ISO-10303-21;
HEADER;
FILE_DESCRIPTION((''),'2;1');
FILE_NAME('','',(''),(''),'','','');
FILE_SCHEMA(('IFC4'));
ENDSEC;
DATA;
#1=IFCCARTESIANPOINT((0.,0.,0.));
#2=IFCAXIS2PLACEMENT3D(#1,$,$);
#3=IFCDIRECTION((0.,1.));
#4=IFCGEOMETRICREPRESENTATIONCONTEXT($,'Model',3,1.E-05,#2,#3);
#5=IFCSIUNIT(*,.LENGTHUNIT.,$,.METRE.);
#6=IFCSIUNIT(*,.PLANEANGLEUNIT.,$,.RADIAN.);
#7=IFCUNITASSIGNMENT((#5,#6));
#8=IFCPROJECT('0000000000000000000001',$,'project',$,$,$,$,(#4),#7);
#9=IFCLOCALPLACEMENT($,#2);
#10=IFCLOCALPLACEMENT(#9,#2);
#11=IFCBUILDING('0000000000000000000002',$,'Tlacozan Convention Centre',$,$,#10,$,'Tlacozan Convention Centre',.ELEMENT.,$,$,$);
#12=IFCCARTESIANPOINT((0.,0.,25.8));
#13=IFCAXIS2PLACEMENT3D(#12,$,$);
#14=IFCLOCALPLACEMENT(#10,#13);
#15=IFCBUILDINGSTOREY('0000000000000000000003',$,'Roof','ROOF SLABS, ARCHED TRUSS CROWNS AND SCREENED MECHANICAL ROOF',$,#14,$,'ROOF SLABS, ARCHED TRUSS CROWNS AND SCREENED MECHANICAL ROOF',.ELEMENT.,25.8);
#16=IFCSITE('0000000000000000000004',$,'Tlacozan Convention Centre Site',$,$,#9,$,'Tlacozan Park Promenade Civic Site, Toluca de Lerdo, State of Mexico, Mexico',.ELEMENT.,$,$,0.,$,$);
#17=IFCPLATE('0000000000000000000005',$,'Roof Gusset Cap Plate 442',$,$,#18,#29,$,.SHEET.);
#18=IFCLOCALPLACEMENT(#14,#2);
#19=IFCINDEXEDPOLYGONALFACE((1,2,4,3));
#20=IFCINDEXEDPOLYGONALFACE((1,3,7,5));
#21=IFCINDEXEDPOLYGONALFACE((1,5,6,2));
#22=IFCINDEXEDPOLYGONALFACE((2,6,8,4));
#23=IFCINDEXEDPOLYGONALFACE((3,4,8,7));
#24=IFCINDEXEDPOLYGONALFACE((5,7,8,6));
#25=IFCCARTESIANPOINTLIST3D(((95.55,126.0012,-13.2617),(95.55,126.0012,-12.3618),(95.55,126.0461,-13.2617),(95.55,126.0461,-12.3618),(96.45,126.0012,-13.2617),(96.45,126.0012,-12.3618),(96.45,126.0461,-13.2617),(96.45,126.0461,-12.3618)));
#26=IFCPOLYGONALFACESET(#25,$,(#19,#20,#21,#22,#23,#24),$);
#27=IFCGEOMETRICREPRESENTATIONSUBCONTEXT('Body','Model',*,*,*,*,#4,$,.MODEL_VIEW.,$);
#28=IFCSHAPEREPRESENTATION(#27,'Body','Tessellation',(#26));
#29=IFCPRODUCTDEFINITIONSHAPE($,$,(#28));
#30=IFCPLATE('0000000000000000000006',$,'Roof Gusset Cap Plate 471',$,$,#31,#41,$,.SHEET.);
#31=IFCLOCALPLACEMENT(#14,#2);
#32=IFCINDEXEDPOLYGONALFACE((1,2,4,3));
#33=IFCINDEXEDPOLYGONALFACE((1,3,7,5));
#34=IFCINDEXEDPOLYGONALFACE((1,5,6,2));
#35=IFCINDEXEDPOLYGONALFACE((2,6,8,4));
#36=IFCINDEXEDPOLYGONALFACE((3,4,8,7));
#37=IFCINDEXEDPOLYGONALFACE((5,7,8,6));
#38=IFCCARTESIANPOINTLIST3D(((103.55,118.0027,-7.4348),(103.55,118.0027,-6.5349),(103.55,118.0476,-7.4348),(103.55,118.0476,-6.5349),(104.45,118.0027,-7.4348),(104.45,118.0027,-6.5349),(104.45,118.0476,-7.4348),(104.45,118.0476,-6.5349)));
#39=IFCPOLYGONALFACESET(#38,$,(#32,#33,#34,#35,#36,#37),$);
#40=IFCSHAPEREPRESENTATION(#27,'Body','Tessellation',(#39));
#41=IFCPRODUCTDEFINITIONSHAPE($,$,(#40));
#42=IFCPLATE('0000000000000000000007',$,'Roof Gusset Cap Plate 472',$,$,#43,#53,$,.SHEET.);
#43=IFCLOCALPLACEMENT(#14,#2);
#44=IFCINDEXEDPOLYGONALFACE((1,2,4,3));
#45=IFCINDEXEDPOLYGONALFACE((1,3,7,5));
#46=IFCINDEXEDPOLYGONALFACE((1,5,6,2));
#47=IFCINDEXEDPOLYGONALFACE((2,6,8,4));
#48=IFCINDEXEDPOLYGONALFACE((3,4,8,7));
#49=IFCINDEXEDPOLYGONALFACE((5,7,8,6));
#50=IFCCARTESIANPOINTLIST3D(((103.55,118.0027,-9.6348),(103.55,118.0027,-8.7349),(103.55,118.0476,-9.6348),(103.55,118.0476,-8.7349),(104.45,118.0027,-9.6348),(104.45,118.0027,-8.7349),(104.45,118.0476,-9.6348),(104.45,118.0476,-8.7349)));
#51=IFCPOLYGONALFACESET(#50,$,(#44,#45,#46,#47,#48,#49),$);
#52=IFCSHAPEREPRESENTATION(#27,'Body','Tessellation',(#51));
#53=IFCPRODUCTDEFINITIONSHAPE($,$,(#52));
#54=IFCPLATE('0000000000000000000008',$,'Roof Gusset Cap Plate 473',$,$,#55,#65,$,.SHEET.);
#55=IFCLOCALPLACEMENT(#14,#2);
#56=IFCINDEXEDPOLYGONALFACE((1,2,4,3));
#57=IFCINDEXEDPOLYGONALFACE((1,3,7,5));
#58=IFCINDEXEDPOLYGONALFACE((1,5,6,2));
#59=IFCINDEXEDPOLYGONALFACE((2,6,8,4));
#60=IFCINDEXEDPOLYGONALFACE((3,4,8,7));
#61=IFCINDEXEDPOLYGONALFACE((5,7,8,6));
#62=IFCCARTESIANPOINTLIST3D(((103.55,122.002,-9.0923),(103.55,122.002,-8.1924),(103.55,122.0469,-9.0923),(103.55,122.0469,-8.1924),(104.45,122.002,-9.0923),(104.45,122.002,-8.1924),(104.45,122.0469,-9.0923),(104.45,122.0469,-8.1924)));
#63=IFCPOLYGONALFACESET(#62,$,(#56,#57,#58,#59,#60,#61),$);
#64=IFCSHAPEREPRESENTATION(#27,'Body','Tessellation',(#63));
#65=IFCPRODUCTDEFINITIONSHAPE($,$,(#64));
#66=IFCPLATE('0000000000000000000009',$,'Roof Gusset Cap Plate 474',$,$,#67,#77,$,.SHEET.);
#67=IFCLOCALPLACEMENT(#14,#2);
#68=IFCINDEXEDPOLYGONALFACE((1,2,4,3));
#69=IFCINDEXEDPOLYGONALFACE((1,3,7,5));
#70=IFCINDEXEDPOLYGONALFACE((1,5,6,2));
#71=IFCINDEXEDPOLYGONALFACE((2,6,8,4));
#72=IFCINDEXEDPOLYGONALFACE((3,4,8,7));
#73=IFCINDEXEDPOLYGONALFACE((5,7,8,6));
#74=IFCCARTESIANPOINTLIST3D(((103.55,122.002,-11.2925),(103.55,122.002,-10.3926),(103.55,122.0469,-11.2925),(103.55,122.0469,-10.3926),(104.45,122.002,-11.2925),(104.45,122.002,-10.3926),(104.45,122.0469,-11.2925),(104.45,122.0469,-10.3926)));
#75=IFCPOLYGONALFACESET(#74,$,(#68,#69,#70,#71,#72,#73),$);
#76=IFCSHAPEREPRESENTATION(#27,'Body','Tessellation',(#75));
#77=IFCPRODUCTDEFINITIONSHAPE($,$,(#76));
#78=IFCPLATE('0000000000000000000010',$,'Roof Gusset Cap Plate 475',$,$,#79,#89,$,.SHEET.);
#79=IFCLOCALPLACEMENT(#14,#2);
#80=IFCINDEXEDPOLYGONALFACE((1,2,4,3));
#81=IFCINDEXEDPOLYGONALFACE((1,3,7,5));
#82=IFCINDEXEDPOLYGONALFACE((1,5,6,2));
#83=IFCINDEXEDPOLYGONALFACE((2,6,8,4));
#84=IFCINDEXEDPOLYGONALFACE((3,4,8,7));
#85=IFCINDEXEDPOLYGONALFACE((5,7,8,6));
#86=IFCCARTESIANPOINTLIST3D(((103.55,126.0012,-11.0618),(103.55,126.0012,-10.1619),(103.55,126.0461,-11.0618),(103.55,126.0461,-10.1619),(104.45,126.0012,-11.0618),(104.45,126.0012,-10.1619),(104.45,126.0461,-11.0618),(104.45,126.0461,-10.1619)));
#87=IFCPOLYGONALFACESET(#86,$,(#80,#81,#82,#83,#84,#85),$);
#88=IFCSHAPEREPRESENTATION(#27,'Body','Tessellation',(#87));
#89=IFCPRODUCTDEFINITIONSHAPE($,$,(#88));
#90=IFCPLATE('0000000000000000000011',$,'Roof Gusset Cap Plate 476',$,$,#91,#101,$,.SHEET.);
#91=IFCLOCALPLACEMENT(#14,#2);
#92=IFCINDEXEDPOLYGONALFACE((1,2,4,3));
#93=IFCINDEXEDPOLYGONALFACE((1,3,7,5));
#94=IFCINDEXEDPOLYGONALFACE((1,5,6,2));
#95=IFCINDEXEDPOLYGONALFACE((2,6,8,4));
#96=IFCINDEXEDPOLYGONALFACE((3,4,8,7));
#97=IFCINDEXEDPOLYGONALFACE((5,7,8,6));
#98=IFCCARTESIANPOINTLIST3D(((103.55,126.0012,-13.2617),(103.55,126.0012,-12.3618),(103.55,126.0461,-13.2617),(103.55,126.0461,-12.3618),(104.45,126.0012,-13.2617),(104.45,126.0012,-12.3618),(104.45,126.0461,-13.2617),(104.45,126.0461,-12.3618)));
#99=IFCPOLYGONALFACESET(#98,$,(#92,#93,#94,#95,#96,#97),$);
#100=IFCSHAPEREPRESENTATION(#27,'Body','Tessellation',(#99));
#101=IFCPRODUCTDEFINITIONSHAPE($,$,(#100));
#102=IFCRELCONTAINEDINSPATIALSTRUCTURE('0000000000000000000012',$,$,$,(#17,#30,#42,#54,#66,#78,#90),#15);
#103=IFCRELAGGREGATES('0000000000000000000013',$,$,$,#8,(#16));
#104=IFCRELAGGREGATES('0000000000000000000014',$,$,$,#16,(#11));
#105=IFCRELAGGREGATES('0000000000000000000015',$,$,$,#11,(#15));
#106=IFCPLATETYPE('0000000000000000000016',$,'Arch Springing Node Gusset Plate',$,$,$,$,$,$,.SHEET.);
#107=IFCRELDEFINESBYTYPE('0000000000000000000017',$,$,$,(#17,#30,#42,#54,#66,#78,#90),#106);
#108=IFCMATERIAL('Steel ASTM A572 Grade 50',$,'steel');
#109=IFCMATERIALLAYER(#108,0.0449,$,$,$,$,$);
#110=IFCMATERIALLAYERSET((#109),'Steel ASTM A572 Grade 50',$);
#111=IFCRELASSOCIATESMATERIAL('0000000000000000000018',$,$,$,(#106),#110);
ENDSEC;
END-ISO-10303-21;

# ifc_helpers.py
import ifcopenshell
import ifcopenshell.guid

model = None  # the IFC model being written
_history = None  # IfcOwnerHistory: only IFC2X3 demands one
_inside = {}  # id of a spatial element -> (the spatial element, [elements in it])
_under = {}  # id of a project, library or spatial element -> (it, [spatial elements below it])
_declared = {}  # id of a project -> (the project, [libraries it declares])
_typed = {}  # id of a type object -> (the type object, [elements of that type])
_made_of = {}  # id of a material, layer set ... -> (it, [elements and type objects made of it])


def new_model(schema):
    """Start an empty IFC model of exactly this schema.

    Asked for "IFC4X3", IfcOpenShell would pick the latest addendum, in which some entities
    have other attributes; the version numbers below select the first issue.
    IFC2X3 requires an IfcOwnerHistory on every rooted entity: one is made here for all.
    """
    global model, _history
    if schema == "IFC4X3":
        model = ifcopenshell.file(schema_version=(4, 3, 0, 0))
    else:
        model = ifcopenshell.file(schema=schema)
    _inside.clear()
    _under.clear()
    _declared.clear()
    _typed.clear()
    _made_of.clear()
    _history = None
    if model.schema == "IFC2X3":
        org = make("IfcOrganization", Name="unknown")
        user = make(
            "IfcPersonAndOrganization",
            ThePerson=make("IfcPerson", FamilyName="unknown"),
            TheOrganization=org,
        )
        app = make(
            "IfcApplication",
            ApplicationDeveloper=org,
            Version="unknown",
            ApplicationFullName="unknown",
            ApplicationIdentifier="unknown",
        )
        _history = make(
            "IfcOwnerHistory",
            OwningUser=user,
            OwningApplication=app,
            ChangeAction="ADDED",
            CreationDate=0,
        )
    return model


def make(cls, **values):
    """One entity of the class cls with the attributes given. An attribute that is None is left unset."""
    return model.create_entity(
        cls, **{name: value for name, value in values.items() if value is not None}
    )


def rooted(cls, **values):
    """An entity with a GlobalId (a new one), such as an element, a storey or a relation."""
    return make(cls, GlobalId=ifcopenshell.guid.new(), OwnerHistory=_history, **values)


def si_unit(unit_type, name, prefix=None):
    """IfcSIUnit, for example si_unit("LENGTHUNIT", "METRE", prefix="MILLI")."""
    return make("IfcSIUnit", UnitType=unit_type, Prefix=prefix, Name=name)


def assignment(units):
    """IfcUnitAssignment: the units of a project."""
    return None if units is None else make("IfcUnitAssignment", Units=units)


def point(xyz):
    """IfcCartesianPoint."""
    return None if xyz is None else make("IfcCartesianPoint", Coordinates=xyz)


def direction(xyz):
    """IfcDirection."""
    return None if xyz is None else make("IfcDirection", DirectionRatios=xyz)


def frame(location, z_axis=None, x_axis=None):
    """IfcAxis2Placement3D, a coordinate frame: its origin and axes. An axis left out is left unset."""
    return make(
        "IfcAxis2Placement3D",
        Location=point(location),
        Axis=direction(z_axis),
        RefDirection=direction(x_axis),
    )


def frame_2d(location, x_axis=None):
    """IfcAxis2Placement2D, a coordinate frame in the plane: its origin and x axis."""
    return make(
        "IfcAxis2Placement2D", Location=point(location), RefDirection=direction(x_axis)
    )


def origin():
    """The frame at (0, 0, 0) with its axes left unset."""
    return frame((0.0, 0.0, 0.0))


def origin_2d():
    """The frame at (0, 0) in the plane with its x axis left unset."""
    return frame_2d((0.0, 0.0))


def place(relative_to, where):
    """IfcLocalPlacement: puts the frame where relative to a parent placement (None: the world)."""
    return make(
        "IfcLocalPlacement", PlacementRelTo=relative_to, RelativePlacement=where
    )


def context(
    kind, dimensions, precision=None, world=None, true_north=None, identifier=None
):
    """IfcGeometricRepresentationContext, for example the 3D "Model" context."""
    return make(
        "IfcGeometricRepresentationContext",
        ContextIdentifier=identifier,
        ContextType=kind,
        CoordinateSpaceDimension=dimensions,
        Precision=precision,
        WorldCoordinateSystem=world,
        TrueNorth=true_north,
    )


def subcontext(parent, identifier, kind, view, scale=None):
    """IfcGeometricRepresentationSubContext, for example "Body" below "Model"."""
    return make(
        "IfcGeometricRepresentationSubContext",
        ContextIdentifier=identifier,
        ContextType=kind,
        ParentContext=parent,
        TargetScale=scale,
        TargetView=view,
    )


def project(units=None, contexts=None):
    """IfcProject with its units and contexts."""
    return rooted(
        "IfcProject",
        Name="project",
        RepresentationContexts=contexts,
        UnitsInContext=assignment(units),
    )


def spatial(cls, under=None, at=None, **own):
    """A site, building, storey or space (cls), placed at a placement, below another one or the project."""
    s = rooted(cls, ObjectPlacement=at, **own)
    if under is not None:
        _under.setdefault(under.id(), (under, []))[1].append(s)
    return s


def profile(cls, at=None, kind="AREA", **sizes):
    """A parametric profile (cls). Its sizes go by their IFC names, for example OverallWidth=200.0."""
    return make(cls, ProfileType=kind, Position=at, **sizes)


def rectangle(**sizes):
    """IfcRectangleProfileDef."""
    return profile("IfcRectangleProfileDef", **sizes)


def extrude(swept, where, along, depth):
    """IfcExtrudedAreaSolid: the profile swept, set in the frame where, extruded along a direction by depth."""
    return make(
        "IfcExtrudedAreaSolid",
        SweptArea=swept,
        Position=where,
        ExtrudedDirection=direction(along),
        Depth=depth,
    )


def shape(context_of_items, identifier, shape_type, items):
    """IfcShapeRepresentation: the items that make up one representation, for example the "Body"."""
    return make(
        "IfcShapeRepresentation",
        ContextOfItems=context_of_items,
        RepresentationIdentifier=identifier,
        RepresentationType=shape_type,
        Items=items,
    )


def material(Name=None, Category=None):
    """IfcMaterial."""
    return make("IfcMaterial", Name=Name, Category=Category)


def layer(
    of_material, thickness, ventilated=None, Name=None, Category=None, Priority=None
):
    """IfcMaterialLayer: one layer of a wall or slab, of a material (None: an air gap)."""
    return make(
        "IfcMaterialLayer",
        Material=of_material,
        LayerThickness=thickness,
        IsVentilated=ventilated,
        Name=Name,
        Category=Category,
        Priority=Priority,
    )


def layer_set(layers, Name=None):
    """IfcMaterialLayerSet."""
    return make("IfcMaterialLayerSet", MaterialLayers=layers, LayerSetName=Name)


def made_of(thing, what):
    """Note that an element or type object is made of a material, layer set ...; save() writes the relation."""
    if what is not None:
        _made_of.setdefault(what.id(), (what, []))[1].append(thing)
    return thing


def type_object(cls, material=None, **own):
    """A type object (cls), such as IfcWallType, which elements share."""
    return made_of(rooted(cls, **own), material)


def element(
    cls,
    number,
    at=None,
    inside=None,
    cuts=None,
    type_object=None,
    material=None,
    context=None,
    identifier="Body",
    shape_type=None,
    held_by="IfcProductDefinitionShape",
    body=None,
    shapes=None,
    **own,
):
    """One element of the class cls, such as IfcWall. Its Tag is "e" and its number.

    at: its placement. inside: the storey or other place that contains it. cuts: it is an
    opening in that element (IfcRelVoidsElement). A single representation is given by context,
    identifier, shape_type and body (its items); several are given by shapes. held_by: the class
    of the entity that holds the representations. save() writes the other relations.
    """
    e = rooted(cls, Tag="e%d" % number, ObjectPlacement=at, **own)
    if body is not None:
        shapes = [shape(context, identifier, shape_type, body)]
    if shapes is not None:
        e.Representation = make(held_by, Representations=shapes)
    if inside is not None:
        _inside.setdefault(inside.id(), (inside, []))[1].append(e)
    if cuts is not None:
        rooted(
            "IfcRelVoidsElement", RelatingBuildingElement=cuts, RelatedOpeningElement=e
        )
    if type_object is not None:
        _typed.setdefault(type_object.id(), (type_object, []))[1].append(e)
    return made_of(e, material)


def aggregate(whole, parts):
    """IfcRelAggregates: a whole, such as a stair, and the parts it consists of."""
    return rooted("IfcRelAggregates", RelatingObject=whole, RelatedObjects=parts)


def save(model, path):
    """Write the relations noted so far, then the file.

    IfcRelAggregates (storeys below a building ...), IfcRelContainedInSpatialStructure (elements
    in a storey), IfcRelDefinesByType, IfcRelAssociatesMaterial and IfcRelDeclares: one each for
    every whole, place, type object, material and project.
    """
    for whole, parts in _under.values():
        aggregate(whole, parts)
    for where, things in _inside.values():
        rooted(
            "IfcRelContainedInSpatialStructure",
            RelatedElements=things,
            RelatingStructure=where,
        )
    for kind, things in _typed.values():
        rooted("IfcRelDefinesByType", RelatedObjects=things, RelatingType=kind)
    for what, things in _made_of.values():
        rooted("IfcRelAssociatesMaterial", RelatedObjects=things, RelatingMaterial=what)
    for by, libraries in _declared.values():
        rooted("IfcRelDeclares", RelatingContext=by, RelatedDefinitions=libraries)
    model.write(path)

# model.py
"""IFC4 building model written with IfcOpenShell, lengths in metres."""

from ifc_helpers import new_model, si_unit, direction, frame, origin, origin_2d, place, context, subcontext, project, spatial, rectangle, extrude, material, layer, layer_set, type_object, element, save


model = new_model("IFC4")

# Units and contexts
model_context = context("Model", 3, precision=1e-05, world=origin(), true_north=direction((0.0, 1.0)))
body_context = subcontext(model_context, "Body", "Model", "MODEL_VIEW")
ifc_project = project(units=[si_unit("LENGTHUNIT", "METRE"), si_unit("PLANEANGLEUNIT", "RADIAN")], contexts=[model_context])

# Site, building, storey
site_placement = place(None, origin())
site = spatial("IfcSite", under=ifc_project, at=site_placement, Name="Tlacozan Convention Centre Site", LongName="Tlacozan Park Promenade Civic Site, Toluca de Lerdo, State of Mexico, Mexico", CompositionType="ELEMENT", RefElevation=0.0)
building_placement = place(site_placement, origin())
building = spatial("IfcBuilding", under=site, at=building_placement, Name="Tlacozan Convention Centre", LongName="Tlacozan Convention Centre", CompositionType="ELEMENT")
storey_placement = place(building_placement, frame((0.0, 0.0, 25.8)))
storey = spatial("IfcBuildingStorey", under=building, at=storey_placement, Name="Roof", Description="ROOF SLABS, ARCHED TRUSS CROWNS AND SCREENED MECHANICAL ROOF", LongName="ROOF SLABS, ARCHED TRUSS CROWNS AND SCREENED MECHANICAL ROOF", CompositionType="ELEMENT", Elevation=25.8)

# Plates
ifc_material_1 = material(Name="Steel ASTM A572 Grade 50", Category="steel")
ifc_layer = layer(ifc_material_1, 0.0449)
ifc_layer_set = layer_set([ifc_layer], Name="Steel ASTM A572 Grade 50")
plate_type = type_object("IfcPlateType", Name="Arch Springing Node Gusset Plate", PredefinedType="SHEET", material=ifc_layer_set)
for number, where, z_axis, x_axis, name in (
    (1, (96.0, 126.0237, -13.2617), (0.0, 0.0, 1.0), (0.0, 1.0, 0.0), "Roof Gusset Cap Plate 442"),
    (2, (104.0, 118.0251, -7.4348), (0.0, 0.0, 1.0), (0.0, 1.0, 0.0), "Roof Gusset Cap Plate 471"),
    (3, (104.0, 118.0251, -9.6348), (0.0, 0.0, 1.0), (0.0, 1.0, 0.0), "Roof Gusset Cap Plate 472"),
    (4, (104.0, 122.0244, -9.0923), (0.0, 0.0, 1.0), (0.0, 1.0, 0.0), "Roof Gusset Cap Plate 473"),
    (5, (104.0, 122.0244, -11.2925), (0.0, 0.0, 1.0), (0.0, 1.0, 0.0), "Roof Gusset Cap Plate 474"),
    (6, (104.0, 126.0237, -11.0618), (0.0, 0.0, 1.0), (0.0, 1.0, 0.0), "Roof Gusset Cap Plate 475"),
    (7, (104.0, 126.0237, -13.2617), (0.0, 0.0, 1.0), (0.0, 1.0, 0.0), "Roof Gusset Cap Plate 476"),
):
    element("IfcPlate", number, at=place(storey_placement, frame(where, z_axis=z_axis, x_axis=x_axis)), inside=storey, type_object=plate_type, Name=name, PredefinedType="SHEET", context=body_context, shape_type="SweptSolid", body=[
        extrude(rectangle(XDim=0.0449, YDim=0.8999, at=origin_2d()), origin(), (0.0, 0.0, 1.0), 0.8999),
    ])

save(model, "model.ifc")
